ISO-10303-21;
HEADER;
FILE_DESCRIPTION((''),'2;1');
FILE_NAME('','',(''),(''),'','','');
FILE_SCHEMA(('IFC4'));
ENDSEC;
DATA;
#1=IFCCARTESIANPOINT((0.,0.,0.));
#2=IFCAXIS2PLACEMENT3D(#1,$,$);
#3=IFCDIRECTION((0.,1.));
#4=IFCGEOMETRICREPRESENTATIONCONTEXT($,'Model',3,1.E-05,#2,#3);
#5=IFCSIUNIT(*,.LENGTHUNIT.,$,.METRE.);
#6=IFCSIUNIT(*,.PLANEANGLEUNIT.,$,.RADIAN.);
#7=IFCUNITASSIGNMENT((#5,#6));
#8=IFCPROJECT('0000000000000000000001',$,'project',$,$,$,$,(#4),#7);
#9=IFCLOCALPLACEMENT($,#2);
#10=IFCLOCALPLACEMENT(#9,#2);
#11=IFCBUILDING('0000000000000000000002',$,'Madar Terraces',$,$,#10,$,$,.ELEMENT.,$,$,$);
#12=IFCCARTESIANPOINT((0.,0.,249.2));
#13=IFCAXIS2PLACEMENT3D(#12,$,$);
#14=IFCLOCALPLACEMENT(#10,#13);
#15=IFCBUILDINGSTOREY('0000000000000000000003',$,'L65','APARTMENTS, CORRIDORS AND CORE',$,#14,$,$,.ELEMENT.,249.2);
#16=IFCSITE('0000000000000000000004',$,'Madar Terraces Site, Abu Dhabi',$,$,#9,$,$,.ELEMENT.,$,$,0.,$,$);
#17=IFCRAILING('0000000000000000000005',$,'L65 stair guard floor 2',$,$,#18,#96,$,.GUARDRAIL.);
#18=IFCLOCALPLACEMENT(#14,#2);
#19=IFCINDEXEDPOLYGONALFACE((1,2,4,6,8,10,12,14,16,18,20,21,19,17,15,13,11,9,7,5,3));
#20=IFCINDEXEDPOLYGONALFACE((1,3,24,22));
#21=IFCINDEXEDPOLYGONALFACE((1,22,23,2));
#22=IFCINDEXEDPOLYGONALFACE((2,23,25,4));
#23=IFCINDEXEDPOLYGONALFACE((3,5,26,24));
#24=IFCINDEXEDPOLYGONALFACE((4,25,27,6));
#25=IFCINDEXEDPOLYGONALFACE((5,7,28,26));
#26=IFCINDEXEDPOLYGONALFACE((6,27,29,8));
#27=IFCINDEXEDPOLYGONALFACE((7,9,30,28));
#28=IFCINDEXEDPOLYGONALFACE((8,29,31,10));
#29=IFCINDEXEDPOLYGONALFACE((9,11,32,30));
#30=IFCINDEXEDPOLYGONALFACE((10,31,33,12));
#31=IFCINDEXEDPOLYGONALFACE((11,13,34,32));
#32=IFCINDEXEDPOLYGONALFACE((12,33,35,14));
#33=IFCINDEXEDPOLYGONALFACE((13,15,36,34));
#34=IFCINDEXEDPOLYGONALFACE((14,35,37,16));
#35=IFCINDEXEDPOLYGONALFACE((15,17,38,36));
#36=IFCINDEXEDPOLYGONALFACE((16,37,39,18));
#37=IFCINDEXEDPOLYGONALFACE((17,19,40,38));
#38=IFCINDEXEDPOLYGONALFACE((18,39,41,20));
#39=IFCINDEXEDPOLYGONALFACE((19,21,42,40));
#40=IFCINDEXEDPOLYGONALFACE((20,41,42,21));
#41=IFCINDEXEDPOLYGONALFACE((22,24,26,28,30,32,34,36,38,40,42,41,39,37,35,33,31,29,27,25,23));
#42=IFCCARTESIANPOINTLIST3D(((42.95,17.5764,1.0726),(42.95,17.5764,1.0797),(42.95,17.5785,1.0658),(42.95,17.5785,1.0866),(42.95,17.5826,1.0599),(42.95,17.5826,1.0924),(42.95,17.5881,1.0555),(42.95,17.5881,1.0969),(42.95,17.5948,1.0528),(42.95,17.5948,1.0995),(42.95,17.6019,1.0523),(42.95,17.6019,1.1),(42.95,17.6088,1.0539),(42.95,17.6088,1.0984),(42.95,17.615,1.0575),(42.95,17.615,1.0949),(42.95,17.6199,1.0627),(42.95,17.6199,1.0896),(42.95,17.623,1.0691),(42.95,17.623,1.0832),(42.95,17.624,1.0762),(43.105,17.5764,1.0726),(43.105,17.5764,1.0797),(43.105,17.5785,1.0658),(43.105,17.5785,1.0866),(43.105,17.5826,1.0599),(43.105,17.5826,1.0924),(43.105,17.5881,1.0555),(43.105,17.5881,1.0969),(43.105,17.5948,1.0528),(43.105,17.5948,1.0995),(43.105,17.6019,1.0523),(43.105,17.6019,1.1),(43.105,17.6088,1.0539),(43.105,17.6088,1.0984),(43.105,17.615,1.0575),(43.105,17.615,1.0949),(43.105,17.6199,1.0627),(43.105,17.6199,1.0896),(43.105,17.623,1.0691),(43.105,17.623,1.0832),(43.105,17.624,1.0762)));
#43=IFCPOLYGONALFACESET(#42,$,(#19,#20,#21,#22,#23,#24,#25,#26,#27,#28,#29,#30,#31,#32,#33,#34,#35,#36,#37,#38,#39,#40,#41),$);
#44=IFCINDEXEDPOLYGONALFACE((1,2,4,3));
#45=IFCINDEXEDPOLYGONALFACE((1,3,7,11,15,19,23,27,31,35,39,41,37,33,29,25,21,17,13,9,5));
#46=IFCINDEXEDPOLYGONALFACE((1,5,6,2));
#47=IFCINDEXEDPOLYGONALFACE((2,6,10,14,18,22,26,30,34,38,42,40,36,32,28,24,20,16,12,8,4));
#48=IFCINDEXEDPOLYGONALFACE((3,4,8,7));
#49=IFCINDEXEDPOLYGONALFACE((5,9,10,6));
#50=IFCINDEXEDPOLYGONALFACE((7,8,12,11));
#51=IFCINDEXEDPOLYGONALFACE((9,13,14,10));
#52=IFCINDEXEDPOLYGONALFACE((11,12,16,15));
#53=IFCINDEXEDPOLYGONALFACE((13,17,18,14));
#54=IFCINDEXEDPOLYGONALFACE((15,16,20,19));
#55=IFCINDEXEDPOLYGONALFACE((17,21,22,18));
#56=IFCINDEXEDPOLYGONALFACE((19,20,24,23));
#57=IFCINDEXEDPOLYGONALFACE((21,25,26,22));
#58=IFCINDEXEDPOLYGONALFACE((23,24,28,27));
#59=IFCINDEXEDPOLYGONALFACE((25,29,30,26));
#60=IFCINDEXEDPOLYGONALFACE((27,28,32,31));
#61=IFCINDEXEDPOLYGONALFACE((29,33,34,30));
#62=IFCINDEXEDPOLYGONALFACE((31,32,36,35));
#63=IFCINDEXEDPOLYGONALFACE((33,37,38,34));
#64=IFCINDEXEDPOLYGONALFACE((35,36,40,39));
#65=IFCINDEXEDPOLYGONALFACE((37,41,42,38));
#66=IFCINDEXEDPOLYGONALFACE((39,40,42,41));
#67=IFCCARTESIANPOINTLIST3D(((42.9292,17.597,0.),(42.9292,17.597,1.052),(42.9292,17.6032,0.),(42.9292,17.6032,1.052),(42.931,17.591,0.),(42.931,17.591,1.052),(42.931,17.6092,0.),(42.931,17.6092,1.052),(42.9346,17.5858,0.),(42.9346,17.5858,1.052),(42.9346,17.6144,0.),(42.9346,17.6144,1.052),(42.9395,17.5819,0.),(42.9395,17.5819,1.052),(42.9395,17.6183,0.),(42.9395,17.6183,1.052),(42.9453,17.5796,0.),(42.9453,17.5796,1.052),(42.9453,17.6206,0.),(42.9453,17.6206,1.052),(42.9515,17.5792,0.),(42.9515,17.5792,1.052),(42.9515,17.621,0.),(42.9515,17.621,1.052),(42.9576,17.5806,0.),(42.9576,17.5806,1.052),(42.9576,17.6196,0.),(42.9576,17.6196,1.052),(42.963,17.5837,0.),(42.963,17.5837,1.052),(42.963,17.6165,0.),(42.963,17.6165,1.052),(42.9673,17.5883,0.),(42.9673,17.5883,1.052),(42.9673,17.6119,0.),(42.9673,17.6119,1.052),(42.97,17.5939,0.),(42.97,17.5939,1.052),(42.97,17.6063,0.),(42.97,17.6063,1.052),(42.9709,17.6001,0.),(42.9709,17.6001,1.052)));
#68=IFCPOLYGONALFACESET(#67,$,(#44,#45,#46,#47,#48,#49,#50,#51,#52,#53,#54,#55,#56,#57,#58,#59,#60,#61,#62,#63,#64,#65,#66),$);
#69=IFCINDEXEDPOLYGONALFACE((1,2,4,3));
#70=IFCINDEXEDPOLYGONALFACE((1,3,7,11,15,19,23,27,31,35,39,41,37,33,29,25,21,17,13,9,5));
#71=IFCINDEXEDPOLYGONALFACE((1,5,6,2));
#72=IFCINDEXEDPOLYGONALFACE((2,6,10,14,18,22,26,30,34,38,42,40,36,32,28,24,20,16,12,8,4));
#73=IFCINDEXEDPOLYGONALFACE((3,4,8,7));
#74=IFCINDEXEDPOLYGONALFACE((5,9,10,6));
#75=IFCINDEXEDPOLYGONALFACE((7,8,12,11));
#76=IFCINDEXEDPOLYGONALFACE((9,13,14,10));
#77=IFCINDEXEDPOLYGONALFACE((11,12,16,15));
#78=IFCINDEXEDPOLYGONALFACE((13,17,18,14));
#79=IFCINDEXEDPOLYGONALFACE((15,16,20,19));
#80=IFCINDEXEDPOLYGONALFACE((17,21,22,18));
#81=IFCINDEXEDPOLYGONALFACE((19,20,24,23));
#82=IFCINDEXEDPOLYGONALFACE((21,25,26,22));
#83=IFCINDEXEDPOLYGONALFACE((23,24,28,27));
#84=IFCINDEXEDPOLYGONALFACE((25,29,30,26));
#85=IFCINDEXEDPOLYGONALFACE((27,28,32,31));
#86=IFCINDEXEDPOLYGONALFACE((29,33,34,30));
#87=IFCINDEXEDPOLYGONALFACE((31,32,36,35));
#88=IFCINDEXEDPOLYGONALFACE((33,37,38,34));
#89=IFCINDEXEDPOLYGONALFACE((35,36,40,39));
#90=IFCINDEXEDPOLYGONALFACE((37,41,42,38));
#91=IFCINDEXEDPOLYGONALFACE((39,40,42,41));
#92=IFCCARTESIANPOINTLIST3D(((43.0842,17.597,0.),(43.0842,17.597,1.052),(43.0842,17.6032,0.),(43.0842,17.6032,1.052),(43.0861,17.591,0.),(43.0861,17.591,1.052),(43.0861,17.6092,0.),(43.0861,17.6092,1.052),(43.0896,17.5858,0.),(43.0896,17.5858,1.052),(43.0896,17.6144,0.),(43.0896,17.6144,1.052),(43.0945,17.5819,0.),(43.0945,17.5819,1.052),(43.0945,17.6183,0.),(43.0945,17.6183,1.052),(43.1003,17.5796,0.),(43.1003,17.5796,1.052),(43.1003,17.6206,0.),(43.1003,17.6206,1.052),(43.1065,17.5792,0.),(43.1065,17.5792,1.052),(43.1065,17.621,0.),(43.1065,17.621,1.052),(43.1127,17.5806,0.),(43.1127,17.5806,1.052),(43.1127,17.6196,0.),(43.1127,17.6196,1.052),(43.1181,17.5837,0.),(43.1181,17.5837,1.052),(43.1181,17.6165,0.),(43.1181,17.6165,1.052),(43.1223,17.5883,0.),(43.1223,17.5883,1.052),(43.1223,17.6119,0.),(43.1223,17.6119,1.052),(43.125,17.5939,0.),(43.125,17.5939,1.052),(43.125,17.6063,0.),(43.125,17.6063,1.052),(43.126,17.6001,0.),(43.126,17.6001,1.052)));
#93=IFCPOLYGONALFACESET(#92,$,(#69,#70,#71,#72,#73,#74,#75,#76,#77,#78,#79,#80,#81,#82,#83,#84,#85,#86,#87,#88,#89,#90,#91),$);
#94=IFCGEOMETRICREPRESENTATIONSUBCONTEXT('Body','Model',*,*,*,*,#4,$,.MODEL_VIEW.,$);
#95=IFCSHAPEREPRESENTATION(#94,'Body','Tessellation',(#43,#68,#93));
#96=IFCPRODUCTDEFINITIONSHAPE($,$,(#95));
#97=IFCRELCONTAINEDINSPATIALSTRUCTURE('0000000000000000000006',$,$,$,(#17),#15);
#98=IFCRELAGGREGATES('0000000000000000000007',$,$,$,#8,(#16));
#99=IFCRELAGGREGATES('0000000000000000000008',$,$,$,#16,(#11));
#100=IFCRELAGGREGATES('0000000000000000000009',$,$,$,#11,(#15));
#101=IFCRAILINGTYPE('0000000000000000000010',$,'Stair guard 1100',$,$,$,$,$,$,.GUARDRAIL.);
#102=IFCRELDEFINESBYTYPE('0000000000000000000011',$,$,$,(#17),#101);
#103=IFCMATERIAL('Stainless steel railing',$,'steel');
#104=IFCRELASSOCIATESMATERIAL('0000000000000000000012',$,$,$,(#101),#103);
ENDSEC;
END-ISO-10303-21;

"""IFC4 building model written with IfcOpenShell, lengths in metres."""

from ifc_helpers import new_model, si_unit, direction, frame, origin, origin_2d, place, context, subcontext, project, spatial, circle, extrude, material, type_object, element, save


model = new_model("IFC4")

# Units and contexts
model_context = context("Model", 3, precision=1e-05, world=origin(), true_north=direction((0.0, 1.0)))
body_context = subcontext(model_context, "Body", "Model", "MODEL_VIEW")
ifc_project = project(units=[si_unit("LENGTHUNIT", "METRE"), si_unit("PLANEANGLEUNIT", "RADIAN")], contexts=[model_context])

# Site, building, storey
site_placement = place(None, origin())
site = spatial("IfcSite", under=ifc_project, at=site_placement, Name="Madar Terraces Site, Abu Dhabi", CompositionType="ELEMENT", RefElevation=0.0)
building_placement = place(site_placement, origin())
building = spatial("IfcBuilding", under=site, at=building_placement, Name="Madar Terraces", CompositionType="ELEMENT")
storey_placement = place(building_placement, frame((0.0, 0.0, 249.2)))
storey = spatial("IfcBuildingStorey", under=building, at=storey_placement, Name="L65", Description="APARTMENTS, CORRIDORS AND CORE", CompositionType="ELEMENT", Elevation=249.2)

# Railing
ifc_material_1 = material(Name="Stainless steel railing", Category="steel")
railing_type_1 = type_object("IfcRailingType", Name="Stair guard 1100", PredefinedType="GUARDRAIL", material=ifc_material_1)
for number, where, name in (
    (1, (42.95, 17.6001, 0.0), "L65 stair guard floor 2"),
):
    element("IfcRailing", number, at=place(storey_placement, frame(where)), inside=storey, type_object=railing_type_1, Name=name, PredefinedType="GUARDRAIL", context=body_context, shape_type="SweptSolid", body=[
        extrude(circle(Radius=0.0239, at=origin_2d()), frame((0.0, 0.0, 1.0762), z_axis=(1.0, 0.0, 0.0), x_axis=(0.0, 1.0, 0.0)), (0.0, 0.0, 1.0), 0.155),
        extrude(circle(Radius=0.021, at=origin_2d()), origin(), (0.0, 0.0, 1.0), 1.052),
        extrude(circle(Radius=0.021, at=origin_2d()), frame((0.155, 0.0, 0.0)), (0.0, 0.0, 1.0), 1.052),
    ])

save(model, "model.ifc")
